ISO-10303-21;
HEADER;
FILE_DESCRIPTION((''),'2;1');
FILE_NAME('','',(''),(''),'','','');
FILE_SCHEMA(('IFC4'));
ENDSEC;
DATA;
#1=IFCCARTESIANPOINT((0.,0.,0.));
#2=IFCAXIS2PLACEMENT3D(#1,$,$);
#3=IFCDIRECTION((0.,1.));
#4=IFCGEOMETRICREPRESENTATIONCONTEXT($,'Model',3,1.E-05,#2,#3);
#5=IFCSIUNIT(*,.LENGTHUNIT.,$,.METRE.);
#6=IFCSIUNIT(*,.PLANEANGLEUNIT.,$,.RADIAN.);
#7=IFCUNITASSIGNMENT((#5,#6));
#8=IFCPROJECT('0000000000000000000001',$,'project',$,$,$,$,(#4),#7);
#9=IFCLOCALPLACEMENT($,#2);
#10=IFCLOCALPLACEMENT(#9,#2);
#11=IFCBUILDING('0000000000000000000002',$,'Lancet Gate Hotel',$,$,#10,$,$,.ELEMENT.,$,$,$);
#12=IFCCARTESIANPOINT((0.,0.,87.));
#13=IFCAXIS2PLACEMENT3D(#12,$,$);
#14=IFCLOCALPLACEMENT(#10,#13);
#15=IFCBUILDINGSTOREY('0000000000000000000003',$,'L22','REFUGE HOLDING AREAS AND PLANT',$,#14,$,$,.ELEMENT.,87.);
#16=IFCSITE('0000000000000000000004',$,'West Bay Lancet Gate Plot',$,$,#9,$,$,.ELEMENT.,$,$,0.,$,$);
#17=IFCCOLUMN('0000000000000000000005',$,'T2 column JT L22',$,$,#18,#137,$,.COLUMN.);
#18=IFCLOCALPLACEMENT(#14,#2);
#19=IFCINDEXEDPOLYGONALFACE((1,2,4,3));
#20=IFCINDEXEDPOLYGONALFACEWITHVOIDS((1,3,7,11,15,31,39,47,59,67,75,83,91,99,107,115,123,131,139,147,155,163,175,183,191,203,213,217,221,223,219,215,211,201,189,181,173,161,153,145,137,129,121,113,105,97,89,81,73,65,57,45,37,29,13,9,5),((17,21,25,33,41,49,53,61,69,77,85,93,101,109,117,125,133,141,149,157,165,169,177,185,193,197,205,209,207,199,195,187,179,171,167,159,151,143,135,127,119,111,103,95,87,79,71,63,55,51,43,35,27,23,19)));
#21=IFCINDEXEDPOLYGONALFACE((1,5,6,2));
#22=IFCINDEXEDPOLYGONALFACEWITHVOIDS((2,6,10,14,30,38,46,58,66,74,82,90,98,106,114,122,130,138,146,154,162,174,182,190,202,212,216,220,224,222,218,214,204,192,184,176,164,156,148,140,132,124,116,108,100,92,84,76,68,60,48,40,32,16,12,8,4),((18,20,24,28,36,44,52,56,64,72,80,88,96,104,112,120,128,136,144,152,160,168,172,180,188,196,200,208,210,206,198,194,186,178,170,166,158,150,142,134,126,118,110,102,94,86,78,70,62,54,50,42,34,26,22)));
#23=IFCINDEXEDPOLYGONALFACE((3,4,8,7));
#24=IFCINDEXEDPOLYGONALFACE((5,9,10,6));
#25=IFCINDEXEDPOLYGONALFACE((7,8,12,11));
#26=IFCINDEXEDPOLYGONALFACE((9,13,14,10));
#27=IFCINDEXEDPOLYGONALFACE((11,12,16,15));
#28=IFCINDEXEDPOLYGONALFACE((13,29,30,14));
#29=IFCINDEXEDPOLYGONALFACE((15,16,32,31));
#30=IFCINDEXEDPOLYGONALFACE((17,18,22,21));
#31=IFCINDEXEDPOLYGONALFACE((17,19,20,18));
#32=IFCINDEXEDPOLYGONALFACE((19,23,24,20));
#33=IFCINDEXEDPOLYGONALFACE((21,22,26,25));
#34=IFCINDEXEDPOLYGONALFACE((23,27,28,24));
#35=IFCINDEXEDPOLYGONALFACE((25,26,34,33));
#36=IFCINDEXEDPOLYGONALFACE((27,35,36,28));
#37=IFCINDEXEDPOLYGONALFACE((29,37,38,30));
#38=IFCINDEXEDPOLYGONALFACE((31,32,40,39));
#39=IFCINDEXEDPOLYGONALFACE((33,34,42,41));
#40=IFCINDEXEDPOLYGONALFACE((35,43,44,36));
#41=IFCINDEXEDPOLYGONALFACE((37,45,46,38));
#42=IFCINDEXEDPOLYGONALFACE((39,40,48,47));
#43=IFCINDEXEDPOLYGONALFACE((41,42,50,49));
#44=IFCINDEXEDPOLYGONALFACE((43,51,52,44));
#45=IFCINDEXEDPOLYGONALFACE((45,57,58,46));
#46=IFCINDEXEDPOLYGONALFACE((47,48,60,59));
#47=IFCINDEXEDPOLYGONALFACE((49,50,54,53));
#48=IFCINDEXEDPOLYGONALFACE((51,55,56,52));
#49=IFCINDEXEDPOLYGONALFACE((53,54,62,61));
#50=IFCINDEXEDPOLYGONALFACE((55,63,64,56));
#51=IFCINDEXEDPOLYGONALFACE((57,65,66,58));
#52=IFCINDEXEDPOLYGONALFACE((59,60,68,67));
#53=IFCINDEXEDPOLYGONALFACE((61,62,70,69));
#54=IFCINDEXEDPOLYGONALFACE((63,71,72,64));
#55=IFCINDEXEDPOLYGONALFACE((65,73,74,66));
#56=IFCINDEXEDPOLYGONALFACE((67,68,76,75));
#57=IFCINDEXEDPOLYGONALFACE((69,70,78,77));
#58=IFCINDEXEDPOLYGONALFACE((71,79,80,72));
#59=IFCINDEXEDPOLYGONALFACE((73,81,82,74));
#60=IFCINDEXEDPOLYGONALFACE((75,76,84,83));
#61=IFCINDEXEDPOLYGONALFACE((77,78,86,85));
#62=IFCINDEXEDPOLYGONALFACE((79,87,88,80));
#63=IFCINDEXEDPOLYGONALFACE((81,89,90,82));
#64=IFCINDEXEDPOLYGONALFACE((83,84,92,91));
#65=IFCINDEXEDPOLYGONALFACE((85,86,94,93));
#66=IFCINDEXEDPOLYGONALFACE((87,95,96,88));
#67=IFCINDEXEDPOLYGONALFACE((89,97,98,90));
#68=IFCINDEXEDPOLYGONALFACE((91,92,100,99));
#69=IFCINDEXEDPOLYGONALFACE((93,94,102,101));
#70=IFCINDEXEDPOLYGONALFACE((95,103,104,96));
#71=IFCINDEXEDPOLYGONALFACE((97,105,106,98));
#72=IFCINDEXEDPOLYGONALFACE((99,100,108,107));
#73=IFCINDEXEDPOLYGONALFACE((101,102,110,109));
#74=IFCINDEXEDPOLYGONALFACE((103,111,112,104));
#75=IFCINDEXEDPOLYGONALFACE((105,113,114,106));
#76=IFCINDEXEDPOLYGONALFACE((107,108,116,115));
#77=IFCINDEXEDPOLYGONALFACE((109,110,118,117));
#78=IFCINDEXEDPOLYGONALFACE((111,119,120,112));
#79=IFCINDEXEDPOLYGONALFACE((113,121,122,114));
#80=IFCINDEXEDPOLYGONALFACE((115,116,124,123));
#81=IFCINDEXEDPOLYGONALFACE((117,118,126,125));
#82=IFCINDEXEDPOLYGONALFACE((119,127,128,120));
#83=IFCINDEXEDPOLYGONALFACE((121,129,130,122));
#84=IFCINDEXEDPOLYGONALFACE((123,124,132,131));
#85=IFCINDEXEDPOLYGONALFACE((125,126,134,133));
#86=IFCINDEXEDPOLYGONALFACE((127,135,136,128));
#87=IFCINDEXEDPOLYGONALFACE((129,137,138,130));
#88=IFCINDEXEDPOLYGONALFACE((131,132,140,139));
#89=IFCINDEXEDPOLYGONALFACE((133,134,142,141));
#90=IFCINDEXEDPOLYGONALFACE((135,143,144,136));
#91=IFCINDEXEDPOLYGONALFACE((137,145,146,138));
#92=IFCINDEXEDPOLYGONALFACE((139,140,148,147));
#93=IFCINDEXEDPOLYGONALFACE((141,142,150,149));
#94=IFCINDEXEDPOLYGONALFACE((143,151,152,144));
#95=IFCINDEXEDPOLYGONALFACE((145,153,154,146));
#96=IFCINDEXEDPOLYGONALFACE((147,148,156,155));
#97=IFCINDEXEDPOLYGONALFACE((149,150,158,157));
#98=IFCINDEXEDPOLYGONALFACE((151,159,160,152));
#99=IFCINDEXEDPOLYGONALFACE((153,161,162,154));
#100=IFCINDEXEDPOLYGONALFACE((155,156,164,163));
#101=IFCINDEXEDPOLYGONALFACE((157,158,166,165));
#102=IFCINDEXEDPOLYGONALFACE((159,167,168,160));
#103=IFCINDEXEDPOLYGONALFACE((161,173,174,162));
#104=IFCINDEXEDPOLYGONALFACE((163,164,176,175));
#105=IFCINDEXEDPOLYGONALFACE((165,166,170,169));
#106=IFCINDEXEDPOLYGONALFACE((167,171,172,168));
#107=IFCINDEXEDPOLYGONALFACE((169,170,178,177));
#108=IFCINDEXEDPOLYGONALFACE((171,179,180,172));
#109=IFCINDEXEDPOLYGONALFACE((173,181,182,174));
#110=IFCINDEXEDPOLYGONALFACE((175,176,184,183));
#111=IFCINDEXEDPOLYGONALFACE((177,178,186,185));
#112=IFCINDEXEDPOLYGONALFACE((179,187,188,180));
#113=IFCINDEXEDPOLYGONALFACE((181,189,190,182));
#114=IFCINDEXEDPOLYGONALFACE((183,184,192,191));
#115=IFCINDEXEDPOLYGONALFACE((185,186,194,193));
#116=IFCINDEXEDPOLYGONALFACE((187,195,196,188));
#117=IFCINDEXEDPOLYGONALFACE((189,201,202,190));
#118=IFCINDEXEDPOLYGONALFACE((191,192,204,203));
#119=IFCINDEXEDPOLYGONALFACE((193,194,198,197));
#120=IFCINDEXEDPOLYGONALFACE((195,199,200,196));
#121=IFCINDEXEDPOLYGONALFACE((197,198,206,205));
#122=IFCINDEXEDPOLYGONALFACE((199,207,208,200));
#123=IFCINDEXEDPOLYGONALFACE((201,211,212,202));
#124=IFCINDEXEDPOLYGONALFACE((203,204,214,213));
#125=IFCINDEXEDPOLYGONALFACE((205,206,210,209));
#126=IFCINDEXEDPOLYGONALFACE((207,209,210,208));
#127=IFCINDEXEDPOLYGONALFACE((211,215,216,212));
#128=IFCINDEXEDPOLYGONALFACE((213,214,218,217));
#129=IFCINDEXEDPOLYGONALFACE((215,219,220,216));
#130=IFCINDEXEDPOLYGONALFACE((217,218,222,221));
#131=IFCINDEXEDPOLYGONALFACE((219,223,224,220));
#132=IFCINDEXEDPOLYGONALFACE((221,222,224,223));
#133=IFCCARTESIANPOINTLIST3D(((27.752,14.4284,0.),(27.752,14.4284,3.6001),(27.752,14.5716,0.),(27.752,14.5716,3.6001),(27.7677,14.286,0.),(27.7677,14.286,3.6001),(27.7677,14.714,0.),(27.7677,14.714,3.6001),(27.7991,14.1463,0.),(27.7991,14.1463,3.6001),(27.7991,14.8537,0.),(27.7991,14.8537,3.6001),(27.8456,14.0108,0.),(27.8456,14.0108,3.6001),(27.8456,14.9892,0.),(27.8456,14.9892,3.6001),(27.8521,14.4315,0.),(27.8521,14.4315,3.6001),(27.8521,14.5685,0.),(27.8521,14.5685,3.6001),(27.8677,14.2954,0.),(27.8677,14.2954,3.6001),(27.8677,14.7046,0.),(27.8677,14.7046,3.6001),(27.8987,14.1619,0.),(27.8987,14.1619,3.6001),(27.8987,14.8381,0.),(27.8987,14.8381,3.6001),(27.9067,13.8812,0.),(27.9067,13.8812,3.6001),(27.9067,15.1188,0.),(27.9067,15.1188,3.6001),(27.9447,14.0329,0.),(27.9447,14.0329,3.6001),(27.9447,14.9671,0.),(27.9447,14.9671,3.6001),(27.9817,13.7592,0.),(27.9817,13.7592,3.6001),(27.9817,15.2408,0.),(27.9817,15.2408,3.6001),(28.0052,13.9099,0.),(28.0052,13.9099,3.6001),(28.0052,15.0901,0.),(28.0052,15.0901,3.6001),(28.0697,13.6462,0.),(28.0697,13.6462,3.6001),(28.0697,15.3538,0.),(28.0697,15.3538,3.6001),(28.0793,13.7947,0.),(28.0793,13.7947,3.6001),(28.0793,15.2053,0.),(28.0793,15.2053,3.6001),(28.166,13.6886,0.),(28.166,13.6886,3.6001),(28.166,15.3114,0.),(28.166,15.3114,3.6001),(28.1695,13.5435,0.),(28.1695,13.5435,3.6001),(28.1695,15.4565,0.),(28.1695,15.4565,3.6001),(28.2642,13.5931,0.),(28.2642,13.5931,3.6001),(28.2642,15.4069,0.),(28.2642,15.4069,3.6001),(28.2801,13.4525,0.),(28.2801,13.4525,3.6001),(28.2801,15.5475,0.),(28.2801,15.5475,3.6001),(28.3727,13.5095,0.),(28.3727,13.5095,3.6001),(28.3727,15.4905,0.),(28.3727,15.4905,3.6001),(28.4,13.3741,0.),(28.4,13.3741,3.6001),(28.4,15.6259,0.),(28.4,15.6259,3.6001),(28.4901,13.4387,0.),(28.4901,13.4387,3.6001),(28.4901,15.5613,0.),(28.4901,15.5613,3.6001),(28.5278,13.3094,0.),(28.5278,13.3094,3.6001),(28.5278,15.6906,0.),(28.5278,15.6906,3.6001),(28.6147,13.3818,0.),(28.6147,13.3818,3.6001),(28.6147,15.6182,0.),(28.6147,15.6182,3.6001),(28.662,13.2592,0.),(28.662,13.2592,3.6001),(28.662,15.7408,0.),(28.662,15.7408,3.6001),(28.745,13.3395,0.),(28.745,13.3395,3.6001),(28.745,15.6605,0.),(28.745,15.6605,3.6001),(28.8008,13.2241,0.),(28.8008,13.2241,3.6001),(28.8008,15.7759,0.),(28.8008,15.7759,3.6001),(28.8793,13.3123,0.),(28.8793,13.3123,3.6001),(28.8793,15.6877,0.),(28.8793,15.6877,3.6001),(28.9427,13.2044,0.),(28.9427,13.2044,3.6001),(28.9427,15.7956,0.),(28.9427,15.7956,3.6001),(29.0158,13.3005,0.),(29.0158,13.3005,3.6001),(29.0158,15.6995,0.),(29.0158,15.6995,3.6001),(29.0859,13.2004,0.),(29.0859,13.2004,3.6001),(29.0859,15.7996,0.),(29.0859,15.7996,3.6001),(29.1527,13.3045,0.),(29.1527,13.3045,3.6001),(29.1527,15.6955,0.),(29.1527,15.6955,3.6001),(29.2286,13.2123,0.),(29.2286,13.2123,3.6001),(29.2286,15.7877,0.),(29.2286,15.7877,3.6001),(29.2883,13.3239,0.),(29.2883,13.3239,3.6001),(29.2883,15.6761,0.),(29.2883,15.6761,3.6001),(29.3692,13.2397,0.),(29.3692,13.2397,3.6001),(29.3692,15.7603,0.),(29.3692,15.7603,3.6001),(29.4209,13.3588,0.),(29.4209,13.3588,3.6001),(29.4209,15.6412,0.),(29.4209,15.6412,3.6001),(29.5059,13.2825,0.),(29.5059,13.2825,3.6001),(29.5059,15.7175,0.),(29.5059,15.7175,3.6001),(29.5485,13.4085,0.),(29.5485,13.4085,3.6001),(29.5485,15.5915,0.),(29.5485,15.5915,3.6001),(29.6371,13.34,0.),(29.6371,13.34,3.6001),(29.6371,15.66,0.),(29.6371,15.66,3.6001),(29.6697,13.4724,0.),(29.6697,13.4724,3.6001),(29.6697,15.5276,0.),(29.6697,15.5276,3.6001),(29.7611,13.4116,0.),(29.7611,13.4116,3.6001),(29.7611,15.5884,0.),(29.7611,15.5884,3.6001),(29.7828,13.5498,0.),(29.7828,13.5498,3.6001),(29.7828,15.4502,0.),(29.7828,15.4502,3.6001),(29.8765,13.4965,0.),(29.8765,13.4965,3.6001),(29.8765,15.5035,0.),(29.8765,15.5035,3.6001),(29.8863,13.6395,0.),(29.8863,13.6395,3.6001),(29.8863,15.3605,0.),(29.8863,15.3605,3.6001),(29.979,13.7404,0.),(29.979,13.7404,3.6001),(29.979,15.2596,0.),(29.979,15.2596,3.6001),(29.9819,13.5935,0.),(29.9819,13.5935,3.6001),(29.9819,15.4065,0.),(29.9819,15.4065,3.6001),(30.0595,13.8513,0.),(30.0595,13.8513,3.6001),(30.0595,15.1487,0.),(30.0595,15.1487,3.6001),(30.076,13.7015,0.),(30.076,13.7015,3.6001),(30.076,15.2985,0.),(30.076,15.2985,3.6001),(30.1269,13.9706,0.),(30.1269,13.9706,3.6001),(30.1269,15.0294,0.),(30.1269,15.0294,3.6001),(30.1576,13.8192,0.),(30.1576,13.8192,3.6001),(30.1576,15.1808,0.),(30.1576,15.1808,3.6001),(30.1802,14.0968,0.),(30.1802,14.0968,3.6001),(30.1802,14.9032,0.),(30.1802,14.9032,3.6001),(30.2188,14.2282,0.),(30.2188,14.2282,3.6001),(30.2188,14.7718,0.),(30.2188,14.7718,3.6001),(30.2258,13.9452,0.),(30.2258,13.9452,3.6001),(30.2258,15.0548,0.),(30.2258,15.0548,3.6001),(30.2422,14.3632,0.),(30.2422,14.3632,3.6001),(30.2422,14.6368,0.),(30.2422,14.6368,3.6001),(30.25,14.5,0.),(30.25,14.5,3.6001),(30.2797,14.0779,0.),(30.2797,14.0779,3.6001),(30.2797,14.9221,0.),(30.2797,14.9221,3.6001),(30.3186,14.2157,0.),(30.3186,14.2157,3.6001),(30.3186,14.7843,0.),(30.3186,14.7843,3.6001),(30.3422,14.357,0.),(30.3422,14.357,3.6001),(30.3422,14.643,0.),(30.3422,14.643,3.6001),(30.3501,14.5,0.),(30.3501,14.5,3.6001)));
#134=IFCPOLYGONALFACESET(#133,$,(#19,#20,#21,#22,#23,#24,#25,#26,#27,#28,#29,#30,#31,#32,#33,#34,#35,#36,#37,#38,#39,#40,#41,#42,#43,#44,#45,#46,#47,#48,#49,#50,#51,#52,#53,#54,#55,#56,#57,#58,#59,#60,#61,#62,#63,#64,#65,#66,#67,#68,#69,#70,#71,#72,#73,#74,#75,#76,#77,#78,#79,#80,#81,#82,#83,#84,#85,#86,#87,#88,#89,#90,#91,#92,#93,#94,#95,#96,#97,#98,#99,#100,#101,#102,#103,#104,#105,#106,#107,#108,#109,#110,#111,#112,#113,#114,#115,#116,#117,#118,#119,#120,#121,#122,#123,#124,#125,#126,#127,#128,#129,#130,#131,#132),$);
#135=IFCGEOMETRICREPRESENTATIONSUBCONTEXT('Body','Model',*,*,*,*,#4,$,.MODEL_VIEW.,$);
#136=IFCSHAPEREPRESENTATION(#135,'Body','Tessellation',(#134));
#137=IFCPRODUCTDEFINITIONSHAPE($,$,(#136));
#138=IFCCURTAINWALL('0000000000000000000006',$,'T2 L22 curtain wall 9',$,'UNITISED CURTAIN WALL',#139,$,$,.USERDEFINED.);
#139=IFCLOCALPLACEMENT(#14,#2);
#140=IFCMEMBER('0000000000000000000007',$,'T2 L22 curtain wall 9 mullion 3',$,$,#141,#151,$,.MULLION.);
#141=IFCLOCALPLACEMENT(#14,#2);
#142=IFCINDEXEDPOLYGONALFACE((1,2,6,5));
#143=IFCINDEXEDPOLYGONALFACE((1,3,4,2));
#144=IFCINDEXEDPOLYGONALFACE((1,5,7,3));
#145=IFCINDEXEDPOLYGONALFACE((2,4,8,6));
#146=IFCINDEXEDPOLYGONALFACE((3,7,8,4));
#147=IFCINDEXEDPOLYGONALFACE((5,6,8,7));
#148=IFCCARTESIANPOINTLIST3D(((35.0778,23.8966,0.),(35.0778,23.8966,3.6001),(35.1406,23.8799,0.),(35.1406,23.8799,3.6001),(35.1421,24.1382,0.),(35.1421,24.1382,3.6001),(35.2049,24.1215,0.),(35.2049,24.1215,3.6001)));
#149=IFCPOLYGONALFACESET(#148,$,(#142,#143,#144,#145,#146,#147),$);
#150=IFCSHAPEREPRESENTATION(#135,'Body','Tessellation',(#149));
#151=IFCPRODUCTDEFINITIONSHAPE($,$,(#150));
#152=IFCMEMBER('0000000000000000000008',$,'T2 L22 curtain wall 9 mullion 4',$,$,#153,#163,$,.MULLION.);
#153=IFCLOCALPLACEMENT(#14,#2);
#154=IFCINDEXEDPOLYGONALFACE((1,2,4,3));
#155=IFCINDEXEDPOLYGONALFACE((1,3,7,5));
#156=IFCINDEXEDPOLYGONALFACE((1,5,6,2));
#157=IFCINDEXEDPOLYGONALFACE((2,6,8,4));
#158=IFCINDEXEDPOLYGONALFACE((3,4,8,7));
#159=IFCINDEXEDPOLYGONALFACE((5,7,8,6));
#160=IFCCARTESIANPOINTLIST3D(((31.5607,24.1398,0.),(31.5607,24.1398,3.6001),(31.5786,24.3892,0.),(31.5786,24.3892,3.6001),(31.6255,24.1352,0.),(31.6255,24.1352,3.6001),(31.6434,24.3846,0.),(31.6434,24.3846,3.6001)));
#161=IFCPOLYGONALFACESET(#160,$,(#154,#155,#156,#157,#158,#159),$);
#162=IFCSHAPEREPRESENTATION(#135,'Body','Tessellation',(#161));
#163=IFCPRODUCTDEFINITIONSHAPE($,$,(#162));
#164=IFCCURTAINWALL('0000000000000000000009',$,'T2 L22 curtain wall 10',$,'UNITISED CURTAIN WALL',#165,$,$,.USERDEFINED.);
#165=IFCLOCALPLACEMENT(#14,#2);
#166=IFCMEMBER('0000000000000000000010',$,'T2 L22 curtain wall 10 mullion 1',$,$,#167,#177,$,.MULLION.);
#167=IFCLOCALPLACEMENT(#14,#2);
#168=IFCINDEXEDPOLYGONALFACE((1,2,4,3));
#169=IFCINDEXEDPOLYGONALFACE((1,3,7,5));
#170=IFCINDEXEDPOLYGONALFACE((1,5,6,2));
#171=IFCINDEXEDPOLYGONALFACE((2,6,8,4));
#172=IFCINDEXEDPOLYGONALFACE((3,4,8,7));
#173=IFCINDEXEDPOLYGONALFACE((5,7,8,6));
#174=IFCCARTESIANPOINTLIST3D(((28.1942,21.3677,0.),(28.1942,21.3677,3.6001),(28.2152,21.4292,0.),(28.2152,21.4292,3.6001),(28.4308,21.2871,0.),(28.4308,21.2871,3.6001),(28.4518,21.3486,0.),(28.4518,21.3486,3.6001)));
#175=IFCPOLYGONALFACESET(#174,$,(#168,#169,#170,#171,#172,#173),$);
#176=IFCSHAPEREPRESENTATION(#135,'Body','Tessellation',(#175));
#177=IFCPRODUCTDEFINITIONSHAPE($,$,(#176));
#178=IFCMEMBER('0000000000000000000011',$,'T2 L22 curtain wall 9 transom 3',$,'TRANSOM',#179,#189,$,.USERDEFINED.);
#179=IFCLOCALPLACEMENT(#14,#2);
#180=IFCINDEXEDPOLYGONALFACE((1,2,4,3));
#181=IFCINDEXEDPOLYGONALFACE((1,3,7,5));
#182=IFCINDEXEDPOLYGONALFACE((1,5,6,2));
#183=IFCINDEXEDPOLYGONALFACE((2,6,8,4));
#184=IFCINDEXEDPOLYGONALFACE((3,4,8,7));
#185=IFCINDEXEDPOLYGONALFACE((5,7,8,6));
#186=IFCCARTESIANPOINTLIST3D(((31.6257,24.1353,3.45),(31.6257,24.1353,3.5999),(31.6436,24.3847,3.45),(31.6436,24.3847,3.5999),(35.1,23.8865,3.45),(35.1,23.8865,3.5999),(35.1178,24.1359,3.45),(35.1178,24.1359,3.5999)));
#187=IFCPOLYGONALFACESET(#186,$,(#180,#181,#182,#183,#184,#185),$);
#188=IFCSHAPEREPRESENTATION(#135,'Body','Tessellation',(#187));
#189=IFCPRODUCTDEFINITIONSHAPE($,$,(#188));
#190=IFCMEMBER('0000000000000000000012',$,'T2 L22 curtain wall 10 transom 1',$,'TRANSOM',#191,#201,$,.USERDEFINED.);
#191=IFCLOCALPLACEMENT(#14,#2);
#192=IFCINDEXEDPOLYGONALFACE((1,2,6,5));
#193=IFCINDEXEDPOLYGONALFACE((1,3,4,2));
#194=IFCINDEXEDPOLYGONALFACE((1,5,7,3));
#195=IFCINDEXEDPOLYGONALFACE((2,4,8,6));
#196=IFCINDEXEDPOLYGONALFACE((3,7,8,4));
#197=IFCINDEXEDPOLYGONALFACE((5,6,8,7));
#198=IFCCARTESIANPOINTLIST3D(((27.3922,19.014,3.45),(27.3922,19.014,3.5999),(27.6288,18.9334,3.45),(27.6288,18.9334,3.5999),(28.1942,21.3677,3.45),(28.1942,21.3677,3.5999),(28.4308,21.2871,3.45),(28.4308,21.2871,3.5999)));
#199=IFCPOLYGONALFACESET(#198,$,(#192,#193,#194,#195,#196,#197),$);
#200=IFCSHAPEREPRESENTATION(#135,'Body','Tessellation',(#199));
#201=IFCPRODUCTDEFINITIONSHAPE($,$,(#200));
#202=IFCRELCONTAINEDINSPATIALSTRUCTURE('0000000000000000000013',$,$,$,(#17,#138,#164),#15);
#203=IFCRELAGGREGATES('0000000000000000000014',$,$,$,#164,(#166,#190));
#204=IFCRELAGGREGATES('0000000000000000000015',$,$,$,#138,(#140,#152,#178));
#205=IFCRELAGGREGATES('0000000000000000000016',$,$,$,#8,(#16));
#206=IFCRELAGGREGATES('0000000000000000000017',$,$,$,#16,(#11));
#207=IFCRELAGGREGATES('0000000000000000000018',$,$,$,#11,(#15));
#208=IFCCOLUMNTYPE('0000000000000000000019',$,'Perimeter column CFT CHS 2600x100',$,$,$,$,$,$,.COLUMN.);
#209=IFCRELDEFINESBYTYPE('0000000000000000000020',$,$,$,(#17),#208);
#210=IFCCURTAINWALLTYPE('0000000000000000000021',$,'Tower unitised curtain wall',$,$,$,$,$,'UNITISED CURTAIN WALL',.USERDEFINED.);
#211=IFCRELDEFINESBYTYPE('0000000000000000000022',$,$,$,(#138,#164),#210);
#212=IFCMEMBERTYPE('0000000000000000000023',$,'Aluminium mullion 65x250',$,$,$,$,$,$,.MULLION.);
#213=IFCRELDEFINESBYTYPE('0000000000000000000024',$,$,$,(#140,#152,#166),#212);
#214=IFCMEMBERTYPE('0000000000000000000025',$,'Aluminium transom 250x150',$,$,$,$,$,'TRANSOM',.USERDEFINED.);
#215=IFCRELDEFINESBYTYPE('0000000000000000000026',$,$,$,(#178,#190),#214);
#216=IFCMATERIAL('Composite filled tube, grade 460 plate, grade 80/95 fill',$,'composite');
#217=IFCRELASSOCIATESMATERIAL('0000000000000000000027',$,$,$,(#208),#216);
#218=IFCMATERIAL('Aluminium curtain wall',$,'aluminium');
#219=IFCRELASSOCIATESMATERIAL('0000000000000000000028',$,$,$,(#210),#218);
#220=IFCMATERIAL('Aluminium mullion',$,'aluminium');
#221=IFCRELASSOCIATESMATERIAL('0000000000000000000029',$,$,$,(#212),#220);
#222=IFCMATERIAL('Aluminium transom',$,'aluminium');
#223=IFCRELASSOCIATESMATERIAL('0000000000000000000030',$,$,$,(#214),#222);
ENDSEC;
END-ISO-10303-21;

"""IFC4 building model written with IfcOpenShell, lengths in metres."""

from ifc_helpers import new_model, si_unit, direction, frame, origin, origin_2d, place, context, subcontext, project, spatial, rectangle, hollow_circle, extrude, material, material_profile, profile_set, type_object, element, aggregate, save


model = new_model("IFC4")

# Units and contexts
model_context = context("Model", 3, precision=1e-05, world=origin(), true_north=direction((0.0, 1.0)))
body_context = subcontext(model_context, "Body", "Model", "MODEL_VIEW")
ifc_project = project(units=[si_unit("LENGTHUNIT", "METRE"), si_unit("PLANEANGLEUNIT", "RADIAN")], contexts=[model_context])

# Site, building, storey
site_placement = place(None, origin())
site = spatial("IfcSite", under=ifc_project, at=site_placement, Name="West Bay Lancet Gate Plot", CompositionType="ELEMENT", RefElevation=0.0)
building_placement = place(site_placement, origin())
building = spatial("IfcBuilding", under=site, at=building_placement, Name="Lancet Gate Hotel", CompositionType="ELEMENT")
storey_placement = place(building_placement, frame((0.0, 0.0, 87.0)))
storey = spatial("IfcBuildingStorey", under=building, at=storey_placement, Name="L22", Description="REFUGE HOLDING AREAS AND PLANT", CompositionType="ELEMENT", Elevation=87.0)

# Column
ifc_material_1 = material(Name="Composite filled tube, grade 460 plate, grade 80/95 fill", Category="composite")
ifc_material_profile_1 = material_profile(ifc_material_1, hollow_circle(Radius=1.3, WallThickness=0.1001, at=origin_2d()), Name="CHS 2600x100")
ifc_profile_set_1 = profile_set([ifc_material_profile_1], Name="Composite filled tube, grade 460 plate, grade 80/95 fill")
column_type = type_object("IfcColumnType", Name="Perimeter column CFT CHS 2600x100", PredefinedType="COLUMN", material=ifc_profile_set_1)
for number, where, z_axis, x_axis, name in (
    (1, (29.05, 14.5, 0.0), (0.0, 0.0, 1.0), (1.0, 0.0, 0.0), "T2 column JT L22"),
):
    element("IfcColumn", number, at=place(storey_placement, frame(where, z_axis=z_axis, x_axis=x_axis)), inside=storey, type_object=column_type, Name=name, PredefinedType="COLUMN", context=body_context, shape_type="SweptSolid", body=[
        extrude(hollow_circle(Radius=1.3, WallThickness=0.1001, at=origin_2d()), origin(), (0.0, 0.0, 1.0), 3.6001),
    ])

# Curtain wall, members
ifc_material_2 = material(Name="Aluminium curtain wall", Category="aluminium")
curtain_wall_type = type_object("IfcCurtainWallType", Name="Tower unitised curtain wall", ElementType="UNITISED CURTAIN WALL", PredefinedType="USERDEFINED", material=ifc_material_2)
curtain_wall_1_placement = place(storey_placement, origin())
curtain_wall_1 = element("IfcCurtainWall", 2, at=curtain_wall_1_placement, inside=storey, type_object=curtain_wall_type, Name="T2 L22 curtain wall 9", ObjectType="UNITISED CURTAIN WALL", PredefinedType="USERDEFINED")
ifc_material_3 = material(Name="Aluminium mullion", Category="aluminium")
ifc_material_profile_2 = material_profile(ifc_material_3, rectangle(XDim=0.0649, YDim=0.25, at=origin_2d()), Name="MULLION 65x250")
ifc_profile_set_2 = profile_set([ifc_material_profile_2], Name="Aluminium mullion")
member_type_1 = type_object("IfcMemberType", Name="Aluminium mullion 65x250", PredefinedType="MULLION", material=ifc_profile_set_2)
member_1_placement = place(storey_placement, frame((35.1414, 24.009, 0.0), z_axis=(0.0, 0.0, 1.0), x_axis=(-0.966317, 0.257353, 0.0)))
member_1 = element("IfcMember", 3, at=member_1_placement, type_object=member_type_1, Name="T2 L22 curtain wall 9 mullion 3", PredefinedType="MULLION", context=body_context, shape_type="SweptSolid", body=[
    extrude(rectangle(XDim=0.0649, YDim=0.25, at=origin_2d()), origin(), (0.0, 0.0, 1.0), 3.6001),
])
member_2_placement = place(storey_placement, frame((31.6021, 24.2622, 0.0), z_axis=(0.0, 0.0, 1.0), x_axis=(-0.997448, 0.07139, 0.0)))
member_2 = element("IfcMember", 4, at=member_2_placement, type_object=member_type_1, Name="T2 L22 curtain wall 9 mullion 4", PredefinedType="MULLION", context=body_context, shape_type="SweptSolid", body=[
    extrude(rectangle(XDim=0.0649, YDim=0.25, at=origin_2d()), origin(), (0.0, 0.0, 1.0), 3.6001),
])

# Curtain wall, member
curtain_wall_2_placement = place(storey_placement, origin())
curtain_wall_2 = element("IfcCurtainWall", 5, at=curtain_wall_2_placement, inside=storey, type_object=curtain_wall_type, Name="T2 L22 curtain wall 10", ObjectType="UNITISED CURTAIN WALL", PredefinedType="USERDEFINED")
member_3_placement = place(storey_placement, frame((28.323, 21.3582, 0.0), z_axis=(0.0, 0.0, 1.0), x_axis=(-0.322576, -0.946544, 0.0)))
member_3 = element("IfcMember", 6, at=member_3_placement, type_object=member_type_1, Name="T2 L22 curtain wall 10 mullion 1", PredefinedType="MULLION", context=body_context, shape_type="SweptSolid", body=[
    extrude(rectangle(XDim=0.0649, YDim=0.25, at=origin_2d()), origin(), (0.0, 0.0, 1.0), 3.6001),
])

# Members
ifc_material_4 = material(Name="Aluminium transom", Category="aluminium")
ifc_material_profile_3 = material_profile(ifc_material_4, rectangle(XDim=0.25, YDim=0.1499, at=origin_2d()), Name="TRANSOM 250x150")
ifc_profile_set_3 = profile_set([ifc_material_profile_3], Name="Aluminium transom")
member_type_2 = type_object("IfcMemberType", Name="Aluminium transom 250x150", ElementType="TRANSOM", PredefinedType="USERDEFINED", material=ifc_profile_set_3)
member_4_placement = place(storey_placement, frame((35.1089, 24.0112, 3.5249), z_axis=(-0.997446, 0.071421, 0.0), x_axis=(-0.071421, -0.997446, 0.0)))
member_4 = element("IfcMember", 7, at=member_4_placement, type_object=member_type_2, Name="T2 L22 curtain wall 9 transom 3", ObjectType="TRANSOM", PredefinedType="USERDEFINED", context=body_context, shape_type="SweptSolid", body=[
    extrude(rectangle(XDim=0.25, YDim=0.1499, at=origin_2d()), origin(), (0.0, 0.0, 1.0), 3.4832),
])
member_5_placement = place(storey_placement, frame((28.3125, 21.3274, 3.5249), z_axis=(-0.322524, -0.946561, 0.0), x_axis=(0.946561, -0.322524, 0.0)))
member_5 = element("IfcMember", 8, at=member_5_placement, type_object=member_type_2, Name="T2 L22 curtain wall 10 transom 1", ObjectType="TRANSOM", PredefinedType="USERDEFINED", context=body_context, shape_type="SweptSolid", body=[
    extrude(rectangle(XDim=0.25, YDim=0.1499, at=origin_2d()), origin(), (0.0, 0.0, 1.0), 2.4866),
])
aggregate(curtain_wall_2, [member_3, member_5])

aggregate(curtain_wall_1, [member_1, member_2, member_4])

save(model, "model.ifc")
